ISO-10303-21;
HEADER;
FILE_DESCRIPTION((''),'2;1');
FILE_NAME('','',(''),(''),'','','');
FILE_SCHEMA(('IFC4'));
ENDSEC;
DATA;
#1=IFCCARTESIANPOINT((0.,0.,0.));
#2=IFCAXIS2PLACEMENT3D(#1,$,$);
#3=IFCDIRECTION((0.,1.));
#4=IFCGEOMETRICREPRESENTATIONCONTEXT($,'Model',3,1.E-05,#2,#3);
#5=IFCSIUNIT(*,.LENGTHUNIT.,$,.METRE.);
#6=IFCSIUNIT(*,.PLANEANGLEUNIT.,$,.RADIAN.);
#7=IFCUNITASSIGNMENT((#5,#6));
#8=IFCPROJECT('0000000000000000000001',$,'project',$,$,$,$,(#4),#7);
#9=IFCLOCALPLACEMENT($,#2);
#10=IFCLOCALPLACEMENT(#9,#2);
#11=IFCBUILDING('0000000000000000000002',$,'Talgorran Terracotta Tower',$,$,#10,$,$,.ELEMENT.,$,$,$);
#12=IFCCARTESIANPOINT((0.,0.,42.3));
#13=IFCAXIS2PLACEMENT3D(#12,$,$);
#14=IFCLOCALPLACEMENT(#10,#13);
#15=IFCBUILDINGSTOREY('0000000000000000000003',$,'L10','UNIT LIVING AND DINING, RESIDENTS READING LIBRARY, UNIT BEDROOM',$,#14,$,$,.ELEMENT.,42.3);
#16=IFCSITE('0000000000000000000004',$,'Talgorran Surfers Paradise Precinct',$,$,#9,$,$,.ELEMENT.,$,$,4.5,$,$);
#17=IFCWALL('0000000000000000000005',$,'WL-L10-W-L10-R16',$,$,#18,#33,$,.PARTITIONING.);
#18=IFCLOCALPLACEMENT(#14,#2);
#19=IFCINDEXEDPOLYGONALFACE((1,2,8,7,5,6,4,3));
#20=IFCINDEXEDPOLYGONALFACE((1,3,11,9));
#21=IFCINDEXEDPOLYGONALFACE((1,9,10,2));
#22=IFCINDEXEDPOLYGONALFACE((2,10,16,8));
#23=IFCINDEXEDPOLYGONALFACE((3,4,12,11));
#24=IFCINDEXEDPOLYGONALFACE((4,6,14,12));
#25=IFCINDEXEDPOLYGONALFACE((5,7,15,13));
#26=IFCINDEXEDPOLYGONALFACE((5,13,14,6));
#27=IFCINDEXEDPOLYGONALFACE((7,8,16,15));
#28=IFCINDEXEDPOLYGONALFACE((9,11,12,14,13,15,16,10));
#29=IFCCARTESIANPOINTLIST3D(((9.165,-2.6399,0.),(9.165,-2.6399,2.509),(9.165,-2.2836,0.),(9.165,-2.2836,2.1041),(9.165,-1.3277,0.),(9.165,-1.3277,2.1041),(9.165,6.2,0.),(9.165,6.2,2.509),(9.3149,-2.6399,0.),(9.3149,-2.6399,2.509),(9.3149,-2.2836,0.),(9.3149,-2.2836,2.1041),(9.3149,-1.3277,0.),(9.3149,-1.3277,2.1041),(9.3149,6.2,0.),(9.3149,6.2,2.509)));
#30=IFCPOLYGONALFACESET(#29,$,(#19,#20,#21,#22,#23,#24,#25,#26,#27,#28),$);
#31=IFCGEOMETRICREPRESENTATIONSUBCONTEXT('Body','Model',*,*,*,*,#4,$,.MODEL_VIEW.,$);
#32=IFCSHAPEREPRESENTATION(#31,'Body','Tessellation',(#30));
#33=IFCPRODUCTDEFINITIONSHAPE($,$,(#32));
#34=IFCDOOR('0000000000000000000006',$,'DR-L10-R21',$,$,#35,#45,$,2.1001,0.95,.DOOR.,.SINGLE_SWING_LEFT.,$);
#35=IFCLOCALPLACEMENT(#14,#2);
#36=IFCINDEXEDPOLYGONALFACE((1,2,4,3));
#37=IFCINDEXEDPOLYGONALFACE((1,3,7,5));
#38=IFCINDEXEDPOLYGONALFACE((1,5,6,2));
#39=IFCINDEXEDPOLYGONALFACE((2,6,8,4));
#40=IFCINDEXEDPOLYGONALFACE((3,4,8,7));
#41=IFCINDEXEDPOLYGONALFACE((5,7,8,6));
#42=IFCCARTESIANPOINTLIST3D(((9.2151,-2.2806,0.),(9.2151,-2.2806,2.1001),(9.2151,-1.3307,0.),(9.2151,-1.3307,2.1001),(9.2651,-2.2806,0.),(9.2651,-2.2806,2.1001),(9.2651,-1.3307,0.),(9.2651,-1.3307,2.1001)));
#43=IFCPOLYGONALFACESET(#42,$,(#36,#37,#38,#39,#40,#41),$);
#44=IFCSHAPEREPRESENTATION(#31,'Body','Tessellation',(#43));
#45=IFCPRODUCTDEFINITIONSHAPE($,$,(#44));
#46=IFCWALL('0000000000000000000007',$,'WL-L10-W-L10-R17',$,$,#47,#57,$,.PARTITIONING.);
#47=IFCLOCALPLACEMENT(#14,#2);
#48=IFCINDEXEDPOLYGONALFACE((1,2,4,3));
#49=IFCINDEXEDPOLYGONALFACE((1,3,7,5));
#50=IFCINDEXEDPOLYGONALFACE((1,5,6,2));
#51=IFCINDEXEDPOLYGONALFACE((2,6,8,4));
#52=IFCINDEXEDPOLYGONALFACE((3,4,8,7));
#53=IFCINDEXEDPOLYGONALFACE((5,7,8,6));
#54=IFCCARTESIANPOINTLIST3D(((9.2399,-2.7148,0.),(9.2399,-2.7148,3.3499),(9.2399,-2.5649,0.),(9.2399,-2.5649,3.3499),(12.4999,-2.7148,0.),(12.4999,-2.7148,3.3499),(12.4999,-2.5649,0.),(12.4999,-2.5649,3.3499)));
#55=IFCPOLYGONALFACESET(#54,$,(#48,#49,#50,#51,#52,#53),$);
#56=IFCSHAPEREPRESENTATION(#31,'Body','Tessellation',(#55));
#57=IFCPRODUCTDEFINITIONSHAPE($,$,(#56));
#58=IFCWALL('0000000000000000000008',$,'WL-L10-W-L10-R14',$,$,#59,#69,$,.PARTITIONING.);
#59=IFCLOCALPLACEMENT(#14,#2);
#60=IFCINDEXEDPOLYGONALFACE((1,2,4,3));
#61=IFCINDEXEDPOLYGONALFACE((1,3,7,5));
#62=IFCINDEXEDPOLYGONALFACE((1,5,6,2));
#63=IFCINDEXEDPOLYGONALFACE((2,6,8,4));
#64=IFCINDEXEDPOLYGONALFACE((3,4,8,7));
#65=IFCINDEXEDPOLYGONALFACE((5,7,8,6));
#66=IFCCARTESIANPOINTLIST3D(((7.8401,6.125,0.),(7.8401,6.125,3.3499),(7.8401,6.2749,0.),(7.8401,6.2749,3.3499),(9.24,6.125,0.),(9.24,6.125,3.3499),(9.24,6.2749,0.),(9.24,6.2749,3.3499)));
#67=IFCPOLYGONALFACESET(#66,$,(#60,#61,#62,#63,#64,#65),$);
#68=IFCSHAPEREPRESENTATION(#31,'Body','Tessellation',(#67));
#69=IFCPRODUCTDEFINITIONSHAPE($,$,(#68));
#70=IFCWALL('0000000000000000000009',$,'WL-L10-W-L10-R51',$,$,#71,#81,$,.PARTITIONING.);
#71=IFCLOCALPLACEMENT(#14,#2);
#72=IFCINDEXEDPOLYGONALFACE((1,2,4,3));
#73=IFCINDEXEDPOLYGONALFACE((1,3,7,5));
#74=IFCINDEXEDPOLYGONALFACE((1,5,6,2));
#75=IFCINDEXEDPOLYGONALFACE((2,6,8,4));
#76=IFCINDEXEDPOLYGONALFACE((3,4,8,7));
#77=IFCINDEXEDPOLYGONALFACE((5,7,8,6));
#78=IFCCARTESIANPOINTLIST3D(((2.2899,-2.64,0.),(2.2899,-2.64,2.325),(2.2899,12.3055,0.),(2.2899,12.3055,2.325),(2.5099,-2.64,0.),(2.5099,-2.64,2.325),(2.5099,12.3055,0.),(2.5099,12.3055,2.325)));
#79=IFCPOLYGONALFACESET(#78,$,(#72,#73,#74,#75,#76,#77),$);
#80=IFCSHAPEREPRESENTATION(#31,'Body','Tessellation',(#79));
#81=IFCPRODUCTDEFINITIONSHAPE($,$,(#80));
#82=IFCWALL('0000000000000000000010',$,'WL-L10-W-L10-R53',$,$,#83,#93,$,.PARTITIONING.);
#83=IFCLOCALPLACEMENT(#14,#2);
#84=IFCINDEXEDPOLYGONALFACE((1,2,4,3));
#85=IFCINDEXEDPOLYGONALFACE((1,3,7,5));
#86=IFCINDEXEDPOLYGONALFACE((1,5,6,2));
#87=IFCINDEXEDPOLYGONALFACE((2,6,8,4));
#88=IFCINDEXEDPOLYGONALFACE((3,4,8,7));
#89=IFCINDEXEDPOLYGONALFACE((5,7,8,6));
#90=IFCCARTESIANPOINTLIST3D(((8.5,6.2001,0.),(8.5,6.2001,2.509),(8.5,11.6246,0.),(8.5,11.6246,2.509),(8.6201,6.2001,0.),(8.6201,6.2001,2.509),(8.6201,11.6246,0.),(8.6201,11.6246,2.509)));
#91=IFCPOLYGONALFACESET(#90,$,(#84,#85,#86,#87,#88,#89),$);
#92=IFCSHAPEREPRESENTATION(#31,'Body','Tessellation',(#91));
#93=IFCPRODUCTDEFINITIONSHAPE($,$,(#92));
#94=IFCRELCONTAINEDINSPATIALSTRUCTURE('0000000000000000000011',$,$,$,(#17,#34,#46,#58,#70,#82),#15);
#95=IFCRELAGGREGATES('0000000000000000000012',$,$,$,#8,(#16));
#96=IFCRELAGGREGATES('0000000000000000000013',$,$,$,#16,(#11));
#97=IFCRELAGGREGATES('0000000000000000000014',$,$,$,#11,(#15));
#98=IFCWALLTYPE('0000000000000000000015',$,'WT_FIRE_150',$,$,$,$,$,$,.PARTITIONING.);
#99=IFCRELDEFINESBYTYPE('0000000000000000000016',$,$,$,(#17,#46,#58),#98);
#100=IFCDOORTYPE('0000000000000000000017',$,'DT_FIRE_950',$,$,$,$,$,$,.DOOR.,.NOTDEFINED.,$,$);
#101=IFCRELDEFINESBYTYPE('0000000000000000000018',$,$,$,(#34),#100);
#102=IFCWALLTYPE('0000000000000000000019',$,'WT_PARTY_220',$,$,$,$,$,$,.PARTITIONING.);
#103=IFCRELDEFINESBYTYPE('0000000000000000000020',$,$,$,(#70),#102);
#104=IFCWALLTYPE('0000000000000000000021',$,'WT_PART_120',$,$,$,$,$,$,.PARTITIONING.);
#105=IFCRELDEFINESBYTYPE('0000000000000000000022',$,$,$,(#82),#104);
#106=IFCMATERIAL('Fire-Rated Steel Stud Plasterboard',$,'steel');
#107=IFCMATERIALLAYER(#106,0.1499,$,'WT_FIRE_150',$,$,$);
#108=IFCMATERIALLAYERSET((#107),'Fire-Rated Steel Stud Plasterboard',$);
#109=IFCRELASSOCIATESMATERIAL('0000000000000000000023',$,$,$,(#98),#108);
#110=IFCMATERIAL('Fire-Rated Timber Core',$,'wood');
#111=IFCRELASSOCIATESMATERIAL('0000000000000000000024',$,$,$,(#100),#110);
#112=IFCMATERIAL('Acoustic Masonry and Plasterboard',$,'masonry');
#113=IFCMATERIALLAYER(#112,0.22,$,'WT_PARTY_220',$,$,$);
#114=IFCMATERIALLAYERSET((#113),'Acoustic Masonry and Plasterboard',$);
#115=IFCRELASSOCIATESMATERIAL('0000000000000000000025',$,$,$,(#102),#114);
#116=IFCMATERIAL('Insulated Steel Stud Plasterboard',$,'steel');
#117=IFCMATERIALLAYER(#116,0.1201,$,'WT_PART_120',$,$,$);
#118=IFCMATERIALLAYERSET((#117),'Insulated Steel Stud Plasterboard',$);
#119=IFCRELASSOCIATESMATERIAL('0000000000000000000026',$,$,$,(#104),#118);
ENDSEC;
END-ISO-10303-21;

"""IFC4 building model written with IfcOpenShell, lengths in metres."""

from ifc_helpers import new_model, si_unit, direction, frame, frame_2d, origin, place, context, subcontext, project, spatial, rectangle, extrude, material, layer, layer_set, type_object, element, fill, save


model = new_model("IFC4")

# Units and contexts
model_context = context("Model", 3, precision=1e-05, world=origin(), true_north=direction((0.0, 1.0)))
body_context = subcontext(model_context, "Body", "Model", "MODEL_VIEW")
ifc_project = project(units=[si_unit("LENGTHUNIT", "METRE"), si_unit("PLANEANGLEUNIT", "RADIAN")], contexts=[model_context])

# Site, building, storey
site_placement = place(None, origin())
site = spatial("IfcSite", under=ifc_project, at=site_placement, Name="Talgorran Surfers Paradise Precinct", CompositionType="ELEMENT", RefElevation=4.5)
building_placement = place(site_placement, origin())
building = spatial("IfcBuilding", under=site, at=building_placement, Name="Talgorran Terracotta Tower", CompositionType="ELEMENT")
storey_placement = place(building_placement, frame((0.0, 0.0, 42.3)))
storey = spatial("IfcBuildingStorey", under=building, at=storey_placement, Name="L10", Description="UNIT LIVING AND DINING, RESIDENTS READING LIBRARY, UNIT BEDROOM", CompositionType="ELEMENT", Elevation=42.3)

# Wall, opening, door
ifc_material_1 = material(Name="Fire-Rated Steel Stud Plasterboard", Category="steel")
ifc_layer_1 = layer(ifc_material_1, 0.1499, Name="WT_FIRE_150")
ifc_layer_set_1 = layer_set([ifc_layer_1], Name="Fire-Rated Steel Stud Plasterboard")
wall_type_1 = type_object("IfcWallType", Name="WT_FIRE_150", PredefinedType="PARTITIONING", material=ifc_layer_set_1)
ifc_material_2 = material(Name="Fire-Rated Timber Core", Category="wood")
door_type = type_object("IfcDoorType", Name="DT_FIRE_950", OperationType="NOTDEFINED", PredefinedType="DOOR", material=ifc_material_2)
wall_1_placement = place(storey_placement, frame((9.24, -2.6399, 0.0), z_axis=(0.0, 0.0, 1.0), x_axis=(0.0, 1.0, 0.0)))
wall_1 = element("IfcWall", 1, at=wall_1_placement, inside=storey, type_object=wall_type_1, Name="WL-L10-W-L10-R16", PredefinedType="PARTITIONING", context=body_context, shape_type="SweptSolid", body=[
    extrude(rectangle(XDim=8.8398, YDim=0.1499, at=frame_2d((4.4199, 0.0))), origin(), (0.0, 0.0, 1.0), 2.509),
])
opening_1_placement = place(wall_1_placement, frame((0.3591, 0.0, 0.0)))
opening_1 = element("IfcOpeningElement", 2, at=opening_1_placement, cuts=wall_1, PredefinedType="OPENING", context=body_context, shape_type="SweptSolid", body=[
    extrude(rectangle(XDim=0.956, YDim=2.1041, at=frame_2d((0.4751, 1.052))), frame((0.0, 0.085, 0.0), z_axis=(0.0, -1.0, 0.0), x_axis=(1.0, 0.0, 0.0)), (0.0, 0.0, 1.0), 0.1699),
])
door_1_placement = place(opening_1_placement, origin())
door_1 = element("IfcDoor", 3, at=door_1_placement, inside=storey, type_object=door_type, Name="DR-L10-R21", OperationType="SINGLE_SWING_LEFT", OverallHeight=2.1001, OverallWidth=0.95, PredefinedType="DOOR", context=body_context, shape_type="SweptSolid", body=[
    extrude(rectangle(XDim=0.95, YDim=2.1001, at=frame_2d((0.4751, 1.05))), frame((0.0, 0.0249, 0.0), z_axis=(0.0, -1.0, 0.0), x_axis=(1.0, 0.0, 0.0)), (0.0, 0.0, 1.0), 0.05),
])
fill(opening_1, door_1)

# Walls
wall_2_placement = place(storey_placement, frame((9.24, -2.6399, 0.0), z_axis=(0.0, 0.0, 1.0), x_axis=(1.0, 0.0, 0.0)))
element("IfcWall", 4, at=wall_2_placement, inside=storey, type_object=wall_type_1, Name="WL-L10-W-L10-R17", PredefinedType="PARTITIONING", context=body_context, shape_type="SweptSolid", body=[
    extrude(rectangle(XDim=3.26, YDim=0.1499, at=frame_2d((1.6299, 0.0))), origin(), (0.0, 0.0, 1.0), 3.3499),
])
wall_3_placement = place(storey_placement, frame((7.8401, 6.2, 0.0), z_axis=(0.0, 0.0, 1.0), x_axis=(1.0, 0.0, 0.0)))
element("IfcWall", 5, at=wall_3_placement, inside=storey, type_object=wall_type_1, Name="WL-L10-W-L10-R14", PredefinedType="PARTITIONING", context=body_context, shape_type="SweptSolid", body=[
    extrude(rectangle(XDim=1.3999, YDim=0.1499, at=frame_2d((0.7, 0.0))), origin(), (0.0, 0.0, 1.0), 3.3499),
])
ifc_material_3 = material(Name="Acoustic Masonry and Plasterboard", Category="masonry")
ifc_layer_2 = layer(ifc_material_3, 0.22, Name="WT_PARTY_220")
ifc_layer_set_2 = layer_set([ifc_layer_2], Name="Acoustic Masonry and Plasterboard")
wall_type_2 = type_object("IfcWallType", Name="WT_PARTY_220", PredefinedType="PARTITIONING", material=ifc_layer_set_2)
wall_4_placement = place(storey_placement, frame((2.3999, -2.6399, 0.0), z_axis=(0.0, 0.0, 1.0), x_axis=(0.0, 1.0, 0.0)))
element("IfcWall", 6, at=wall_4_placement, inside=storey, type_object=wall_type_2, Name="WL-L10-W-L10-R51", PredefinedType="PARTITIONING", context=body_context, shape_type="SweptSolid", body=[
    extrude(rectangle(XDim=14.9456, YDim=0.22, at=frame_2d((7.4727, 0.0))), origin(), (0.0, 0.0, 1.0), 2.325),
])
ifc_material_4 = material(Name="Insulated Steel Stud Plasterboard", Category="steel")
ifc_layer_3 = layer(ifc_material_4, 0.1201, Name="WT_PART_120")
ifc_layer_set_3 = layer_set([ifc_layer_3], Name="Insulated Steel Stud Plasterboard")
wall_type_3 = type_object("IfcWallType", Name="WT_PART_120", PredefinedType="PARTITIONING", material=ifc_layer_set_3)
wall_5_placement = place(storey_placement, frame((8.5601, 6.2, 0.0), z_axis=(0.0, 0.0, 1.0), x_axis=(0.0, 1.0, 0.0)))
element("IfcWall", 7, at=wall_5_placement, inside=storey, type_object=wall_type_3, Name="WL-L10-W-L10-R53", PredefinedType="PARTITIONING", context=body_context, shape_type="SweptSolid", body=[
    extrude(rectangle(XDim=5.4246, YDim=0.1201, at=frame_2d((2.7124, 0.0))), origin(), (0.0, 0.0, 1.0), 2.509),
])

save(model, "model.ifc")
